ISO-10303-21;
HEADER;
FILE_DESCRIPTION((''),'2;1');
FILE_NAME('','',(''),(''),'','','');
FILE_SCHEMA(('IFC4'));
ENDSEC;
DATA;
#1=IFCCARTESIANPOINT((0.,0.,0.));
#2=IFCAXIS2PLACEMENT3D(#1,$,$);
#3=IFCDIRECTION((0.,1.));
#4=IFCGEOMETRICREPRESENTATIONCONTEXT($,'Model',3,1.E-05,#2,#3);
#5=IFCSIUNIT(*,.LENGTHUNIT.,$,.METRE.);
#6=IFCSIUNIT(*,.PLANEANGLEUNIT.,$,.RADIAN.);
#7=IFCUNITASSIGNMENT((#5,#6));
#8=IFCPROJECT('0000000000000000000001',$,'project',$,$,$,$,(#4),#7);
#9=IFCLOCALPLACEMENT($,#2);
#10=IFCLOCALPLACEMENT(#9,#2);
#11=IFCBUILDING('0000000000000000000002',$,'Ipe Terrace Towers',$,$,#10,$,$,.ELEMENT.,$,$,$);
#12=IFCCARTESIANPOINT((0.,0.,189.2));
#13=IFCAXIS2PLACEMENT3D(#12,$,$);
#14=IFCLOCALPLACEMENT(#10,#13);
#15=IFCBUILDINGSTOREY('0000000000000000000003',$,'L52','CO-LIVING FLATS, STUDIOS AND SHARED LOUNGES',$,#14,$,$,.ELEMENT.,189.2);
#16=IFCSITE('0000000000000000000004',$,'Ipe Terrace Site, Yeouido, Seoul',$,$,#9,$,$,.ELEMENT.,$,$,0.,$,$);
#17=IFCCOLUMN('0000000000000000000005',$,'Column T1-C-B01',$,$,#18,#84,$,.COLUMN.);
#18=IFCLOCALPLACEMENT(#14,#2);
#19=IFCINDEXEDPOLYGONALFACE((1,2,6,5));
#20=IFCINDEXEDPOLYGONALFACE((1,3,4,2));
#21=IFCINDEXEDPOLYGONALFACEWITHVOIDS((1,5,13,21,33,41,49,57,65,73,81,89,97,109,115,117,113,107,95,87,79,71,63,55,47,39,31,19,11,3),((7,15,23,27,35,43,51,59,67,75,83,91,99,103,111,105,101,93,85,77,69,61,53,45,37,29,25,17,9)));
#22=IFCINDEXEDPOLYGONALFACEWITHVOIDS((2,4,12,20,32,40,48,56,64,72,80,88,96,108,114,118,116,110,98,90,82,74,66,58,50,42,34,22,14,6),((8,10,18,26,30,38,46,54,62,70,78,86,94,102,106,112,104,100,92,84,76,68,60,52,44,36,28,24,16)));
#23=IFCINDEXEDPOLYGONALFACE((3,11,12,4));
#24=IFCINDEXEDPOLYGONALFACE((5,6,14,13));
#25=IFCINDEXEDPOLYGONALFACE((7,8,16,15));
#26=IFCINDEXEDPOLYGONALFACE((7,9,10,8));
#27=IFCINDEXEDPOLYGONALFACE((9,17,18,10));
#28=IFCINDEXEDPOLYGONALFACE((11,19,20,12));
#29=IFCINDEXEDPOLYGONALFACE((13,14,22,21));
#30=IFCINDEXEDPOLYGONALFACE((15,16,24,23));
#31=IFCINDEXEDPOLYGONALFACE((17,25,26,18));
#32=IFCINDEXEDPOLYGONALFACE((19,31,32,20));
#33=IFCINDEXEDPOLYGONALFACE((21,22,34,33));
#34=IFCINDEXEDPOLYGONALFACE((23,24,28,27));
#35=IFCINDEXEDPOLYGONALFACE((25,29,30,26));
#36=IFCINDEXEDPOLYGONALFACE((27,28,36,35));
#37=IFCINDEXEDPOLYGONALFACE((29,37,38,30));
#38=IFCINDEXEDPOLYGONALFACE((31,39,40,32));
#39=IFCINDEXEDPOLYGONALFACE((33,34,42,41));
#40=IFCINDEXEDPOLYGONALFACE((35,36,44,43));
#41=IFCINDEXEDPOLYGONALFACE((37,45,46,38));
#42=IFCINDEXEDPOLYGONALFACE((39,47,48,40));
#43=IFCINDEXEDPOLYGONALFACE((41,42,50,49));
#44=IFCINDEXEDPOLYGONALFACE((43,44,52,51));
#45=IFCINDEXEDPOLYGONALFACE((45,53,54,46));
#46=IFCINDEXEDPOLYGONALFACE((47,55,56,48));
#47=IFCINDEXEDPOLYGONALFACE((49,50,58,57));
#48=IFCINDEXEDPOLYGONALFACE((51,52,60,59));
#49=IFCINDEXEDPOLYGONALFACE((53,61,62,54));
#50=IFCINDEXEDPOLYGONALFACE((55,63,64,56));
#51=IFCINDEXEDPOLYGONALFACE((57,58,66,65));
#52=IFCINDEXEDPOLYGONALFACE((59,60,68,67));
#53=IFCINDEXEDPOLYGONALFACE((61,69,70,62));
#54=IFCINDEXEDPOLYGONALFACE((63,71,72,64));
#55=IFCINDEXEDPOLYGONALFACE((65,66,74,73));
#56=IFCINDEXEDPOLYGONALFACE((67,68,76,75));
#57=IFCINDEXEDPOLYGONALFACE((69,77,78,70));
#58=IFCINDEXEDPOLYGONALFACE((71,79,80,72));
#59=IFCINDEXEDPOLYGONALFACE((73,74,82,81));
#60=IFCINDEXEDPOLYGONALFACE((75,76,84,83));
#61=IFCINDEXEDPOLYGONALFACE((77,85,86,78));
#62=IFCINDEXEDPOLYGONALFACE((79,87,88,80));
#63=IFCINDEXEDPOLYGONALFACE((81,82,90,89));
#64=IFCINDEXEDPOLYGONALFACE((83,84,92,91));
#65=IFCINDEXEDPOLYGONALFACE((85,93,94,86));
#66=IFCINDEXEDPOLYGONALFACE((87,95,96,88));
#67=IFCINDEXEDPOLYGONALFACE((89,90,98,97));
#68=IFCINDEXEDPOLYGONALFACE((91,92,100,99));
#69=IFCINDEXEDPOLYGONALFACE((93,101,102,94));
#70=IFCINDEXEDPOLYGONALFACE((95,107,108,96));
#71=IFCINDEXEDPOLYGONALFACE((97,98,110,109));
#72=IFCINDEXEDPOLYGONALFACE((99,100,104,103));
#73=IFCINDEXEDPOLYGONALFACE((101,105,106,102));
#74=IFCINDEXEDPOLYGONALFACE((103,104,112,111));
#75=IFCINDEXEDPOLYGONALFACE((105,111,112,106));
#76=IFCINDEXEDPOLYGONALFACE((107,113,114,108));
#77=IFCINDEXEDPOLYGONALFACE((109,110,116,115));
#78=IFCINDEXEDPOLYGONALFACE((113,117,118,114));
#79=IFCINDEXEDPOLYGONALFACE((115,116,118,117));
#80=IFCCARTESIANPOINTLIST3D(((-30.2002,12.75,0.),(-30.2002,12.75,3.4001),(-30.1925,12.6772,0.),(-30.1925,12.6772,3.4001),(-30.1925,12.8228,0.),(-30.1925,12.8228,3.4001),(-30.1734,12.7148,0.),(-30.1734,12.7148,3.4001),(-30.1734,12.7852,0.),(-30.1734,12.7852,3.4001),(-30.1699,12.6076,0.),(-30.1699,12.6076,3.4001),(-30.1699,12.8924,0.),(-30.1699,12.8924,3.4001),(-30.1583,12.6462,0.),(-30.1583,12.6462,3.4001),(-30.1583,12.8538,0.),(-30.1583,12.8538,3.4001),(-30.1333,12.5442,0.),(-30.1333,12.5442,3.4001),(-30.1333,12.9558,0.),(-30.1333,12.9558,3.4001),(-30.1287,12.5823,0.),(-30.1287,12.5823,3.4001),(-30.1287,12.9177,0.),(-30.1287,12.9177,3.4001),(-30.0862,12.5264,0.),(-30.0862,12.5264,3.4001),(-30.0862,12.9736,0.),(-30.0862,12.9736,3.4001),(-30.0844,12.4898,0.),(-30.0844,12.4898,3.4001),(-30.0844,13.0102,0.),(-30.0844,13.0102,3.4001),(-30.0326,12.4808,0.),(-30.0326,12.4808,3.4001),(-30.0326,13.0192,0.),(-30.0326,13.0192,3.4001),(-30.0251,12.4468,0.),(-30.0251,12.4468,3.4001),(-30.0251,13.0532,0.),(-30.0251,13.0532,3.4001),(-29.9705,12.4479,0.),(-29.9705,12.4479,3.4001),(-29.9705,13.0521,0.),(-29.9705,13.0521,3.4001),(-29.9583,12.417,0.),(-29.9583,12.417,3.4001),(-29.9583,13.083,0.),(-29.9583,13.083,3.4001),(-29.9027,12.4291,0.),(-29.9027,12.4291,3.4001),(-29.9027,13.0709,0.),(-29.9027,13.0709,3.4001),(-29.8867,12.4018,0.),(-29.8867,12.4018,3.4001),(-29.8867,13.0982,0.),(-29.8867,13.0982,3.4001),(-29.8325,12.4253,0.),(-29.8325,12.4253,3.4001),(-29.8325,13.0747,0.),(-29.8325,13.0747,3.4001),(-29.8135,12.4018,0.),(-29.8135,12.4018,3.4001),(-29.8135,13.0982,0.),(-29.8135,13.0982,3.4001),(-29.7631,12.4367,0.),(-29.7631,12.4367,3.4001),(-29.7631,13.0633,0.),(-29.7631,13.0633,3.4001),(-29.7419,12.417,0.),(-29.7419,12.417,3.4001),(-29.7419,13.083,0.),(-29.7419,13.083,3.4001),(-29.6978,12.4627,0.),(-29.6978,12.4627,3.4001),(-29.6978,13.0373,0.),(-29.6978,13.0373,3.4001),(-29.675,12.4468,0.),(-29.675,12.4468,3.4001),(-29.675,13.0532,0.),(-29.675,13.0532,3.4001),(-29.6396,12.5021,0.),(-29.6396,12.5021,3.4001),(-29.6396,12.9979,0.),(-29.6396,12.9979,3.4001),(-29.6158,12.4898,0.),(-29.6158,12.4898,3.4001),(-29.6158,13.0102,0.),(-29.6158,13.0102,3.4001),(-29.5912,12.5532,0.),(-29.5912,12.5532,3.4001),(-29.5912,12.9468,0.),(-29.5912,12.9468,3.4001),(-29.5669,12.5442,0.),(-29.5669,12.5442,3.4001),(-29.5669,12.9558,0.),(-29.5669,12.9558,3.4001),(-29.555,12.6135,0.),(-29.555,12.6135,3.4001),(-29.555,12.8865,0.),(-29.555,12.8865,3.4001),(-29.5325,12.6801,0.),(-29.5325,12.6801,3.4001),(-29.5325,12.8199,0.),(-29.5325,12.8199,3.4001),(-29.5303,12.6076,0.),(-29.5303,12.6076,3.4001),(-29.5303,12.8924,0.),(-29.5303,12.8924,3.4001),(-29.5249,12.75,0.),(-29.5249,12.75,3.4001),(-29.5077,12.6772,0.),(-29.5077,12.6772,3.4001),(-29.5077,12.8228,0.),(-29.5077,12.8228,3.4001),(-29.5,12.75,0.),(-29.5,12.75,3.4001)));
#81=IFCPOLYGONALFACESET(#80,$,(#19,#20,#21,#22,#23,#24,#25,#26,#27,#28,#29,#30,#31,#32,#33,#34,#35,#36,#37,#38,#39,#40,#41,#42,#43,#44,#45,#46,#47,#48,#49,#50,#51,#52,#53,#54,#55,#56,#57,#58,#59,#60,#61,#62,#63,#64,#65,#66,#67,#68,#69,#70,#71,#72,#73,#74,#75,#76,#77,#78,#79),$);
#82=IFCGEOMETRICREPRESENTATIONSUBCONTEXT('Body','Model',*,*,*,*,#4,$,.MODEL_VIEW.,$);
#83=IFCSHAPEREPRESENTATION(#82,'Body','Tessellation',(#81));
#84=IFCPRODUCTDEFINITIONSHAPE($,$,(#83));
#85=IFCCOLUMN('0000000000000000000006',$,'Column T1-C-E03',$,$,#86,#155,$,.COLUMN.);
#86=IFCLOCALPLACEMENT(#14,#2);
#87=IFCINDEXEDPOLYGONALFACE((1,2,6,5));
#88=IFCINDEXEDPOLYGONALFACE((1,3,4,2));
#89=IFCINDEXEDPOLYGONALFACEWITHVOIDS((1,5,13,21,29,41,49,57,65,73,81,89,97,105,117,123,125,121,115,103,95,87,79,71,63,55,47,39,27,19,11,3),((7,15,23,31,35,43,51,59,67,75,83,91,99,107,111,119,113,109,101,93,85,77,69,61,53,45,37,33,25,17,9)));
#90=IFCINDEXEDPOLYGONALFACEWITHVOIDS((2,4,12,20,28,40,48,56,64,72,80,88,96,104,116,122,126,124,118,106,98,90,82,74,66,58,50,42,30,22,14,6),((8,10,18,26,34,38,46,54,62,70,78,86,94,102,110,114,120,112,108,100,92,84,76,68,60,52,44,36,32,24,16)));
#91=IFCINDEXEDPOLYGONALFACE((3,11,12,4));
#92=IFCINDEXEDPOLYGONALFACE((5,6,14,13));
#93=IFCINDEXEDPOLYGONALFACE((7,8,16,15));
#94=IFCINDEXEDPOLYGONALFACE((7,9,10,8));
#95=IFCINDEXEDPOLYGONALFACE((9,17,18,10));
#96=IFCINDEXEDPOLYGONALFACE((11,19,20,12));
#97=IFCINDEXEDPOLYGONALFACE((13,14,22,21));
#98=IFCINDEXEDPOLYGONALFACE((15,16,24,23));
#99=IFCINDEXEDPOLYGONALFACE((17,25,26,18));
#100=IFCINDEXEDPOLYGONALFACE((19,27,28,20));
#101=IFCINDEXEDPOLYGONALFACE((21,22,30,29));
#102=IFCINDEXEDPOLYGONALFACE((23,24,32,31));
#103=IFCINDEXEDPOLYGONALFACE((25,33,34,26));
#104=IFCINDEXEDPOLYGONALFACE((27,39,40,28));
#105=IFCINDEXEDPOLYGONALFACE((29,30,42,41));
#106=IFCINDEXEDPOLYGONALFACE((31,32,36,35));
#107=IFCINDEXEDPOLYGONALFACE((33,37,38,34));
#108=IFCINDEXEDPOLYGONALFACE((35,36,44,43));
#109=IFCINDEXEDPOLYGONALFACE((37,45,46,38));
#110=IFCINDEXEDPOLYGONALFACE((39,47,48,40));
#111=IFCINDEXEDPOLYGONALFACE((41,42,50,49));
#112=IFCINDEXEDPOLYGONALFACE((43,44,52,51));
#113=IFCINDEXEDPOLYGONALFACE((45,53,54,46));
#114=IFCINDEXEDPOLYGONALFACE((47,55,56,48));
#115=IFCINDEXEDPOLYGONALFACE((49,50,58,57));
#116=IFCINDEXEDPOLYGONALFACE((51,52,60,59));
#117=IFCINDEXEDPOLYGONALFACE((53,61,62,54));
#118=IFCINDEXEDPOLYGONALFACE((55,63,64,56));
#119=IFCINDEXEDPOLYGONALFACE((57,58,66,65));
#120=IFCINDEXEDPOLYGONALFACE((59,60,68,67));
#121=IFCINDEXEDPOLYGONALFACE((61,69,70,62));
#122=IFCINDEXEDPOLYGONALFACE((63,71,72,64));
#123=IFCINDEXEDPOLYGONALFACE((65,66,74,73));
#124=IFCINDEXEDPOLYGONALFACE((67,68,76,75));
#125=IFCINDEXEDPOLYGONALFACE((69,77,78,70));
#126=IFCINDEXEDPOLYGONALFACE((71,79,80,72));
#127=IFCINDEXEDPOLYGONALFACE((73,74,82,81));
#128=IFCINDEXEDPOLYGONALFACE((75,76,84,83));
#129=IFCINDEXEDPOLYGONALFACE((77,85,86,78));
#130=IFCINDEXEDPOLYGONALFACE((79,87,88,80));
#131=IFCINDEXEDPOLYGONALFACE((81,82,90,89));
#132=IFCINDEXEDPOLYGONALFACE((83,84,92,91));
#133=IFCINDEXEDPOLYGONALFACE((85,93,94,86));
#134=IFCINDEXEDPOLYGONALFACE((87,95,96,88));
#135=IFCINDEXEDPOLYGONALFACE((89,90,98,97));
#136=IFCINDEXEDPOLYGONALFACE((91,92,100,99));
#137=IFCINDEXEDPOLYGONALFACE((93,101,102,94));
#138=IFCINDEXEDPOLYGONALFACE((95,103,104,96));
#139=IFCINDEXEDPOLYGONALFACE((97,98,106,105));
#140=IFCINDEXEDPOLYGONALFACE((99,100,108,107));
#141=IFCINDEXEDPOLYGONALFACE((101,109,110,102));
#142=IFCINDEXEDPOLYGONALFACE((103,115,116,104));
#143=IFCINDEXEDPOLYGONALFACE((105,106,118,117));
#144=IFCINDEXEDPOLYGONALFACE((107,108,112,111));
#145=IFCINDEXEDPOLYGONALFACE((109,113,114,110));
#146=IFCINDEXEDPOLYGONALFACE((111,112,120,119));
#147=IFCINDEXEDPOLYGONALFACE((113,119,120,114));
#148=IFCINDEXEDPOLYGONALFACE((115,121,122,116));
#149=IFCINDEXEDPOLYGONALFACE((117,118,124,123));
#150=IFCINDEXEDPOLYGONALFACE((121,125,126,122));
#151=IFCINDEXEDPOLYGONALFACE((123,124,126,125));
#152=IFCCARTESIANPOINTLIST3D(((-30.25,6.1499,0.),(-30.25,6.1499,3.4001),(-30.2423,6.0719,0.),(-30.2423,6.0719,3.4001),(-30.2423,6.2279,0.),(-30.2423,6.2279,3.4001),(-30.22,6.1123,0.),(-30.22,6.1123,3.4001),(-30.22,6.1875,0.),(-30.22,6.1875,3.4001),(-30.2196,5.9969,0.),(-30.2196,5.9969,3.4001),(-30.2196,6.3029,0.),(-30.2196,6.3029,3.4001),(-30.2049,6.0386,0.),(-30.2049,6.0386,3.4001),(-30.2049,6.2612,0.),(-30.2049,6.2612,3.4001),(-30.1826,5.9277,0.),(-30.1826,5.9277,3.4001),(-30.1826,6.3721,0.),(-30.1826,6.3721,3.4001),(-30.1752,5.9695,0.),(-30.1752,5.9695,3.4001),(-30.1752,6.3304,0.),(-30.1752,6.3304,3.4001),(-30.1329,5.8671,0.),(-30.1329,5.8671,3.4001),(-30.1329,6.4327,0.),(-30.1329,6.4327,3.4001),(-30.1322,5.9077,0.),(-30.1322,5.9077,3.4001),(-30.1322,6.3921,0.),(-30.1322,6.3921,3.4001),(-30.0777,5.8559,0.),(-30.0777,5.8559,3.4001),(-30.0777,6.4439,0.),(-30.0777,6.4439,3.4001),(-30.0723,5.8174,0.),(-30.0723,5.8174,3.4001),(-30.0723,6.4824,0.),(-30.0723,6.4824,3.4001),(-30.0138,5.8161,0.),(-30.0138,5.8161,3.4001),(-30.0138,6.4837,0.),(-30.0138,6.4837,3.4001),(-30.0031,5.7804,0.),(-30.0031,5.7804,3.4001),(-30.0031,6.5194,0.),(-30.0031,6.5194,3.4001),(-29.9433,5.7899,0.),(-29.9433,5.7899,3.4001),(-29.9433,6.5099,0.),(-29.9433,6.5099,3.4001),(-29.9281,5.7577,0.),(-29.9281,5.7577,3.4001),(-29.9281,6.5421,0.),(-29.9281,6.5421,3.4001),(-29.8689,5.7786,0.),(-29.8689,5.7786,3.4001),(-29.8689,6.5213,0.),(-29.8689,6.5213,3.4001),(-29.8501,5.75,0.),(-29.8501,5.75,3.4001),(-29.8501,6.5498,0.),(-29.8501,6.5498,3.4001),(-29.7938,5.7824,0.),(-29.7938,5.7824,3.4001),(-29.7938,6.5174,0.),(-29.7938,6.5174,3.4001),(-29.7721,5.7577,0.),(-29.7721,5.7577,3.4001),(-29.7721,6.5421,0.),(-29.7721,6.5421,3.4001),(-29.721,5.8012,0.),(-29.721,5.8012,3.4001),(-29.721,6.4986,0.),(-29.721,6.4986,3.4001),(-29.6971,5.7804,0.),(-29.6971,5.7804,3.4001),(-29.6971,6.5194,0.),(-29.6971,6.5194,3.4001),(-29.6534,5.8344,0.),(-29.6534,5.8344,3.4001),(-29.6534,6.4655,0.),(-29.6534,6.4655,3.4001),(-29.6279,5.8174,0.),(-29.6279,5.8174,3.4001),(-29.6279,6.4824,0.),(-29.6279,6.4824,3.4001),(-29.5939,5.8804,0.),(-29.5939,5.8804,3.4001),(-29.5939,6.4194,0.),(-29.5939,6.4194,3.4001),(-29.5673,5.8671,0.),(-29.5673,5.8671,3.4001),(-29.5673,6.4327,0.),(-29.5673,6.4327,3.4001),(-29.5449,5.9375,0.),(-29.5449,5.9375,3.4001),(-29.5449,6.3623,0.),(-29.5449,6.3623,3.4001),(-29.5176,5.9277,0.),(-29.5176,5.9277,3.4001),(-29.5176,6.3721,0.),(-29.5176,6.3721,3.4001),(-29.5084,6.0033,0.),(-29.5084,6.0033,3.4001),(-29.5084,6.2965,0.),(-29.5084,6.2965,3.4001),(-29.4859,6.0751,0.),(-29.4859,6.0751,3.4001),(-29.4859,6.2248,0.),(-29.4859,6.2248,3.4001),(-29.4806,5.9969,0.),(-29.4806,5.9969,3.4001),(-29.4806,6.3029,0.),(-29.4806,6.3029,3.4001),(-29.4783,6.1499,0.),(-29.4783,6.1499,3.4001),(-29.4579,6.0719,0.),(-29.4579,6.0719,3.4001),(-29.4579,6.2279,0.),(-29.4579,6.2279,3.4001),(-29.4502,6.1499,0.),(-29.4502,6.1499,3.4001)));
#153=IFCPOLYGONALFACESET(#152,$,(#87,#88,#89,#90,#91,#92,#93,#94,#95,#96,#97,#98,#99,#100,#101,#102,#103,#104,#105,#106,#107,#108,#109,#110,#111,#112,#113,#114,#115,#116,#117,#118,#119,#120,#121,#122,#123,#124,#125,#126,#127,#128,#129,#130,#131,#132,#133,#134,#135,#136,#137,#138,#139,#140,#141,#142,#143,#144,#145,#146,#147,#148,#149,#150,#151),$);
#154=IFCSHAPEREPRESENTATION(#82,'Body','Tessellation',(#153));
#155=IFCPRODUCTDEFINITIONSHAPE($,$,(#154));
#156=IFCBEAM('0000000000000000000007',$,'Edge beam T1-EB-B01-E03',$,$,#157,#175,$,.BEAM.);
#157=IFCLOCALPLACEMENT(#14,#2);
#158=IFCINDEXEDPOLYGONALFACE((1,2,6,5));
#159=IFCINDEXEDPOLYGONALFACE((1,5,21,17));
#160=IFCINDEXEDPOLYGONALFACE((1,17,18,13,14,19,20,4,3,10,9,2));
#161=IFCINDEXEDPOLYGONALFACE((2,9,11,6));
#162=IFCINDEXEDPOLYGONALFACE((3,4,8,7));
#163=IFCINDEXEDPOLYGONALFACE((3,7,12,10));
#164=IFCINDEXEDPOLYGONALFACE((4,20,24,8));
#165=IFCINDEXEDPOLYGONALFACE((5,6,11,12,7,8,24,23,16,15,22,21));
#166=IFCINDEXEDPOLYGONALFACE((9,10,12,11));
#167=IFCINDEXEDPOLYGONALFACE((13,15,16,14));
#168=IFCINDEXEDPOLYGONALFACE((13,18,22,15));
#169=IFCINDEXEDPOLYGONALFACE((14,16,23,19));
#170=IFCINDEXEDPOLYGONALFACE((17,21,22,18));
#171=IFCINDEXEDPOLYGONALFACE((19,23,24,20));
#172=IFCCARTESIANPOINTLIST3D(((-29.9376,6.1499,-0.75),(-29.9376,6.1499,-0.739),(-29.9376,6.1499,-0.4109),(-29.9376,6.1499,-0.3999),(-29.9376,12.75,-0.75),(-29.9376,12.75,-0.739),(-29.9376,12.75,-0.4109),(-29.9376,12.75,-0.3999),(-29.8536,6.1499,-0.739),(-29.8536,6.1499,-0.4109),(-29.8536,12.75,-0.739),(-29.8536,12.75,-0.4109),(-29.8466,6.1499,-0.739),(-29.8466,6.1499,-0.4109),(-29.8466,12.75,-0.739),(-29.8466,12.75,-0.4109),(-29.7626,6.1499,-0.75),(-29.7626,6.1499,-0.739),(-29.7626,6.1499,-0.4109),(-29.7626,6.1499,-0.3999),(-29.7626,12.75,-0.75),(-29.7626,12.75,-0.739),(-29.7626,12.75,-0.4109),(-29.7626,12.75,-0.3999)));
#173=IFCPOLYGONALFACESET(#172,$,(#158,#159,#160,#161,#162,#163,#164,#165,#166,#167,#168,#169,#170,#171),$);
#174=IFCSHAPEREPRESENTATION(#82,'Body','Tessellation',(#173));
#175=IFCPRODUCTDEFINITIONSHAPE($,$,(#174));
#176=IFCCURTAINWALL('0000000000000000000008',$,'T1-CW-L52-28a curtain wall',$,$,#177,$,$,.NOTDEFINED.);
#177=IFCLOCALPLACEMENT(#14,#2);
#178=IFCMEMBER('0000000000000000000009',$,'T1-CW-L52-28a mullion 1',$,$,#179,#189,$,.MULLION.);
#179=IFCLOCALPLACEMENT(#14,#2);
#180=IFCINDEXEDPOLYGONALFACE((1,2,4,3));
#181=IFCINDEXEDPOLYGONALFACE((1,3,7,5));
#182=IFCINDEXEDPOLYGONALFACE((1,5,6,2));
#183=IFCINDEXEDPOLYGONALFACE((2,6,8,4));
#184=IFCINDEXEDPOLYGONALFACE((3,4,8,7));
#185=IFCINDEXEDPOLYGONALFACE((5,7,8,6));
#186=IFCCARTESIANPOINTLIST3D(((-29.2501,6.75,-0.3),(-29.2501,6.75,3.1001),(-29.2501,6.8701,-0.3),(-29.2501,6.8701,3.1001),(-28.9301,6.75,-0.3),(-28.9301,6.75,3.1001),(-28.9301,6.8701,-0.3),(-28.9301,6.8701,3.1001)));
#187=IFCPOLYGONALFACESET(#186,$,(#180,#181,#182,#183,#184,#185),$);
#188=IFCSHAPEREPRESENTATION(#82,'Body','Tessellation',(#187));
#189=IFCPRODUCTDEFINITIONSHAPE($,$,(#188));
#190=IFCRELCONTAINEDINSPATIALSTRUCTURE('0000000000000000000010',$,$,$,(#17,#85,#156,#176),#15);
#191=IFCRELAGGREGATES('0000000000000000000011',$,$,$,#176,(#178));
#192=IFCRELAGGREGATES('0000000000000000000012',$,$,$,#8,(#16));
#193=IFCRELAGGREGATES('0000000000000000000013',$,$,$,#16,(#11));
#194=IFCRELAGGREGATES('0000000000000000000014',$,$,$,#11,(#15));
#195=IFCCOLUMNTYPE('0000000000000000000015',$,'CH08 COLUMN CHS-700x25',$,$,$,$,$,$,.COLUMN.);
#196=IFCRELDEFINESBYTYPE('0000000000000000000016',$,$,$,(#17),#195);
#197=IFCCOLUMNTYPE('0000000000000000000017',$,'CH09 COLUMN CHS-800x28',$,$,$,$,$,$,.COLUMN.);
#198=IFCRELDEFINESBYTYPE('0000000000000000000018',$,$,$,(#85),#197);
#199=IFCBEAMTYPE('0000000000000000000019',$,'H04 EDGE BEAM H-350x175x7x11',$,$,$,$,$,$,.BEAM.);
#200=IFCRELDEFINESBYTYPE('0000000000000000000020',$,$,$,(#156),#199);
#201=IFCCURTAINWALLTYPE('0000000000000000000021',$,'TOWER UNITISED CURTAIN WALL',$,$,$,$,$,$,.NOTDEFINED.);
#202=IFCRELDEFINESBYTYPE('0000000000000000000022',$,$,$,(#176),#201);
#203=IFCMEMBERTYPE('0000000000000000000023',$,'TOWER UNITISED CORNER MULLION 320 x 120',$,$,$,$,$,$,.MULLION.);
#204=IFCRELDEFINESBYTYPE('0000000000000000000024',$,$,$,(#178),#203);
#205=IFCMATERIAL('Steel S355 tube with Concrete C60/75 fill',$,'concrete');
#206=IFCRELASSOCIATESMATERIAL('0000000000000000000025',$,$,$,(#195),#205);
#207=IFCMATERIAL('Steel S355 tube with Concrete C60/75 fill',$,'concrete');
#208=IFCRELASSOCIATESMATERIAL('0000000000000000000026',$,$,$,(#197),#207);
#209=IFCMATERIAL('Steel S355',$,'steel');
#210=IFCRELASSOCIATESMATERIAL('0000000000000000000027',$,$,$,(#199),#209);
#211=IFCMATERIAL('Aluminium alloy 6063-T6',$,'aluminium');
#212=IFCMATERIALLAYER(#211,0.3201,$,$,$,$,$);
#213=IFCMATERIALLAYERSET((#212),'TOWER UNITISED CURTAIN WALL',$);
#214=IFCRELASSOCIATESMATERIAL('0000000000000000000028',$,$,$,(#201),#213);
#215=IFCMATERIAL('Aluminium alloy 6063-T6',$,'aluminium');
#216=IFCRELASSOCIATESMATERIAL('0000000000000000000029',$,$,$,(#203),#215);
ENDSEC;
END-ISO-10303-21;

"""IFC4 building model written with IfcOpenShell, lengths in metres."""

from ifc_helpers import new_model, si_unit, direction, frame, origin, origin_2d, place, context, subcontext, project, spatial, rectangle, hollow_circle, i_section, extrude, material, layer, layer_set, material_profile, profile_set, type_object, element, aggregate, save


model = new_model("IFC4")

# Units and contexts
model_context = context("Model", 3, precision=1e-05, world=origin(), true_north=direction((0.0, 1.0)))
body_context = subcontext(model_context, "Body", "Model", "MODEL_VIEW")
ifc_project = project(units=[si_unit("LENGTHUNIT", "METRE"), si_unit("PLANEANGLEUNIT", "RADIAN")], contexts=[model_context])

# Site, building, storey
site_placement = place(None, origin())
site = spatial("IfcSite", under=ifc_project, at=site_placement, Name="Ipe Terrace Site, Yeouido, Seoul", CompositionType="ELEMENT", RefElevation=0.0)
building_placement = place(site_placement, origin())
building = spatial("IfcBuilding", under=site, at=building_placement, Name="Ipe Terrace Towers", CompositionType="ELEMENT")
storey_placement = place(building_placement, frame((0.0, 0.0, 189.2)))
storey = spatial("IfcBuildingStorey", under=building, at=storey_placement, Name="L52", Description="CO-LIVING FLATS, STUDIOS AND SHARED LOUNGES", CompositionType="ELEMENT", Elevation=189.2)

# Columns
ifc_material_1 = material(Name="Steel S355 tube with Concrete C60/75 fill", Category="concrete")
ifc_material_profile_1 = material_profile(ifc_material_1, hollow_circle(Radius=0.3501, WallThickness=0.0249, at=origin_2d()), Name="CHS-700x25")
ifc_profile_set_1 = profile_set([ifc_material_profile_1], Name="Steel S355 tube with Concrete C60/75 fill")
column_type_1 = type_object("IfcColumnType", Name="CH08 COLUMN CHS-700x25", PredefinedType="COLUMN", material=ifc_profile_set_1)
column_1_placement = place(storey_placement, frame((-29.8501, 12.75, 0.0), z_axis=(0.0, 0.0, 1.0), x_axis=(1.0, 0.0, 0.0)))
element("IfcColumn", 1, at=column_1_placement, inside=storey, type_object=column_type_1, Name="Column T1-C-B01", PredefinedType="COLUMN", context=body_context, shape_type="SweptSolid", body=[
    extrude(hollow_circle(Radius=0.3501, WallThickness=0.0249, at=origin_2d()), origin(), (0.0, 0.0, 1.0), 3.4001),
])
ifc_material_2 = material(Name="Steel S355 tube with Concrete C60/75 fill", Category="concrete")
ifc_material_profile_2 = material_profile(ifc_material_2, hollow_circle(Radius=0.3999, WallThickness=0.0281, at=origin_2d()), Name="CHS-800x28")
ifc_profile_set_2 = profile_set([ifc_material_profile_2], Name="Steel S355 tube with Concrete C60/75 fill")
column_type_2 = type_object("IfcColumnType", Name="CH09 COLUMN CHS-800x28", PredefinedType="COLUMN", material=ifc_profile_set_2)
column_2_placement = place(storey_placement, frame((-29.8501, 6.1499, 0.0), z_axis=(0.0, 0.0, 1.0), x_axis=(1.0, 0.0, 0.0)))
element("IfcColumn", 2, at=column_2_placement, inside=storey, type_object=column_type_2, Name="Column T1-C-E03", PredefinedType="COLUMN", context=body_context, shape_type="SweptSolid", body=[
    extrude(hollow_circle(Radius=0.3999, WallThickness=0.0281, at=origin_2d()), origin(), (0.0, 0.0, 1.0), 3.4001),
])

# Beam
ifc_material_3 = material(Name="Steel S355", Category="steel")
ifc_material_profile_3 = material_profile(ifc_material_3, i_section(OverallWidth=0.175, OverallDepth=0.3501, WebThickness=0.0071, FlangeThickness=0.011, at=origin_2d()), Name="H-350x175x7x11")
ifc_profile_set_3 = profile_set([ifc_material_profile_3], Name="Steel S355")
beam_type = type_object("IfcBeamType", Name="H04 EDGE BEAM H-350x175x7x11", PredefinedType="BEAM", material=ifc_profile_set_3)
beam_placement = place(storey_placement, frame((-29.8501, 12.75, -0.575), z_axis=(0.0, -1.0, 0.0), x_axis=(1.0, 0.0, 0.0)))
element("IfcBeam", 3, at=beam_placement, inside=storey, type_object=beam_type, Name="Edge beam T1-EB-B01-E03", PredefinedType="BEAM", context=body_context, shape_type="SweptSolid", body=[
    extrude(i_section(OverallWidth=0.175, OverallDepth=0.3501, WebThickness=0.0071, FlangeThickness=0.011, at=origin_2d()), origin(), (0.0, 0.0, 1.0), 6.6001),
])

# Curtain wall, member
ifc_material_4 = material(Name="Aluminium alloy 6063-T6", Category="aluminium")
ifc_layer_1 = layer(ifc_material_4, 0.3201)
ifc_layer_set_1 = layer_set([ifc_layer_1], Name="TOWER UNITISED CURTAIN WALL")
curtain_wall_type = type_object("IfcCurtainWallType", Name="TOWER UNITISED CURTAIN WALL", PredefinedType="NOTDEFINED", material=ifc_layer_set_1)
curtain_wall_placement = place(storey_placement, origin())
curtain_wall = element("IfcCurtainWall", 4, at=curtain_wall_placement, inside=storey, type_object=curtain_wall_type, Name="T1-CW-L52-28a curtain wall", PredefinedType="NOTDEFINED")
ifc_material_5 = material(Name="Aluminium alloy 6063-T6", Category="aluminium")
ifc_material_profile_4 = material_profile(ifc_material_5, rectangle(XDim=0.3201, YDim=0.1201, at=origin_2d()), Name="TOWER UNITISED CORNER MULLION 320 x 120")
ifc_profile_set_4 = profile_set([ifc_material_profile_4], Name="Aluminium alloy 6063-T6")
member_type = type_object("IfcMemberType", Name="TOWER UNITISED CORNER MULLION 320 x 120", PredefinedType="MULLION", material=ifc_profile_set_4)
member_1_placement = place(storey_placement, frame((-29.0901, 6.8101, -0.3), z_axis=(0.0, 0.0, 1.0), x_axis=(1.0, 0.0, 0.0)))
member_1 = element("IfcMember", 5, at=member_1_placement, type_object=member_type, Name="T1-CW-L52-28a mullion 1", PredefinedType="MULLION", context=body_context, shape_type="SweptSolid", body=[
    extrude(rectangle(XDim=0.3201, YDim=0.1201, at=origin_2d()), origin(), (0.0, 0.0, 1.0), 3.4001),
])
aggregate(curtain_wall, [member_1])

save(model, "model.ifc")
